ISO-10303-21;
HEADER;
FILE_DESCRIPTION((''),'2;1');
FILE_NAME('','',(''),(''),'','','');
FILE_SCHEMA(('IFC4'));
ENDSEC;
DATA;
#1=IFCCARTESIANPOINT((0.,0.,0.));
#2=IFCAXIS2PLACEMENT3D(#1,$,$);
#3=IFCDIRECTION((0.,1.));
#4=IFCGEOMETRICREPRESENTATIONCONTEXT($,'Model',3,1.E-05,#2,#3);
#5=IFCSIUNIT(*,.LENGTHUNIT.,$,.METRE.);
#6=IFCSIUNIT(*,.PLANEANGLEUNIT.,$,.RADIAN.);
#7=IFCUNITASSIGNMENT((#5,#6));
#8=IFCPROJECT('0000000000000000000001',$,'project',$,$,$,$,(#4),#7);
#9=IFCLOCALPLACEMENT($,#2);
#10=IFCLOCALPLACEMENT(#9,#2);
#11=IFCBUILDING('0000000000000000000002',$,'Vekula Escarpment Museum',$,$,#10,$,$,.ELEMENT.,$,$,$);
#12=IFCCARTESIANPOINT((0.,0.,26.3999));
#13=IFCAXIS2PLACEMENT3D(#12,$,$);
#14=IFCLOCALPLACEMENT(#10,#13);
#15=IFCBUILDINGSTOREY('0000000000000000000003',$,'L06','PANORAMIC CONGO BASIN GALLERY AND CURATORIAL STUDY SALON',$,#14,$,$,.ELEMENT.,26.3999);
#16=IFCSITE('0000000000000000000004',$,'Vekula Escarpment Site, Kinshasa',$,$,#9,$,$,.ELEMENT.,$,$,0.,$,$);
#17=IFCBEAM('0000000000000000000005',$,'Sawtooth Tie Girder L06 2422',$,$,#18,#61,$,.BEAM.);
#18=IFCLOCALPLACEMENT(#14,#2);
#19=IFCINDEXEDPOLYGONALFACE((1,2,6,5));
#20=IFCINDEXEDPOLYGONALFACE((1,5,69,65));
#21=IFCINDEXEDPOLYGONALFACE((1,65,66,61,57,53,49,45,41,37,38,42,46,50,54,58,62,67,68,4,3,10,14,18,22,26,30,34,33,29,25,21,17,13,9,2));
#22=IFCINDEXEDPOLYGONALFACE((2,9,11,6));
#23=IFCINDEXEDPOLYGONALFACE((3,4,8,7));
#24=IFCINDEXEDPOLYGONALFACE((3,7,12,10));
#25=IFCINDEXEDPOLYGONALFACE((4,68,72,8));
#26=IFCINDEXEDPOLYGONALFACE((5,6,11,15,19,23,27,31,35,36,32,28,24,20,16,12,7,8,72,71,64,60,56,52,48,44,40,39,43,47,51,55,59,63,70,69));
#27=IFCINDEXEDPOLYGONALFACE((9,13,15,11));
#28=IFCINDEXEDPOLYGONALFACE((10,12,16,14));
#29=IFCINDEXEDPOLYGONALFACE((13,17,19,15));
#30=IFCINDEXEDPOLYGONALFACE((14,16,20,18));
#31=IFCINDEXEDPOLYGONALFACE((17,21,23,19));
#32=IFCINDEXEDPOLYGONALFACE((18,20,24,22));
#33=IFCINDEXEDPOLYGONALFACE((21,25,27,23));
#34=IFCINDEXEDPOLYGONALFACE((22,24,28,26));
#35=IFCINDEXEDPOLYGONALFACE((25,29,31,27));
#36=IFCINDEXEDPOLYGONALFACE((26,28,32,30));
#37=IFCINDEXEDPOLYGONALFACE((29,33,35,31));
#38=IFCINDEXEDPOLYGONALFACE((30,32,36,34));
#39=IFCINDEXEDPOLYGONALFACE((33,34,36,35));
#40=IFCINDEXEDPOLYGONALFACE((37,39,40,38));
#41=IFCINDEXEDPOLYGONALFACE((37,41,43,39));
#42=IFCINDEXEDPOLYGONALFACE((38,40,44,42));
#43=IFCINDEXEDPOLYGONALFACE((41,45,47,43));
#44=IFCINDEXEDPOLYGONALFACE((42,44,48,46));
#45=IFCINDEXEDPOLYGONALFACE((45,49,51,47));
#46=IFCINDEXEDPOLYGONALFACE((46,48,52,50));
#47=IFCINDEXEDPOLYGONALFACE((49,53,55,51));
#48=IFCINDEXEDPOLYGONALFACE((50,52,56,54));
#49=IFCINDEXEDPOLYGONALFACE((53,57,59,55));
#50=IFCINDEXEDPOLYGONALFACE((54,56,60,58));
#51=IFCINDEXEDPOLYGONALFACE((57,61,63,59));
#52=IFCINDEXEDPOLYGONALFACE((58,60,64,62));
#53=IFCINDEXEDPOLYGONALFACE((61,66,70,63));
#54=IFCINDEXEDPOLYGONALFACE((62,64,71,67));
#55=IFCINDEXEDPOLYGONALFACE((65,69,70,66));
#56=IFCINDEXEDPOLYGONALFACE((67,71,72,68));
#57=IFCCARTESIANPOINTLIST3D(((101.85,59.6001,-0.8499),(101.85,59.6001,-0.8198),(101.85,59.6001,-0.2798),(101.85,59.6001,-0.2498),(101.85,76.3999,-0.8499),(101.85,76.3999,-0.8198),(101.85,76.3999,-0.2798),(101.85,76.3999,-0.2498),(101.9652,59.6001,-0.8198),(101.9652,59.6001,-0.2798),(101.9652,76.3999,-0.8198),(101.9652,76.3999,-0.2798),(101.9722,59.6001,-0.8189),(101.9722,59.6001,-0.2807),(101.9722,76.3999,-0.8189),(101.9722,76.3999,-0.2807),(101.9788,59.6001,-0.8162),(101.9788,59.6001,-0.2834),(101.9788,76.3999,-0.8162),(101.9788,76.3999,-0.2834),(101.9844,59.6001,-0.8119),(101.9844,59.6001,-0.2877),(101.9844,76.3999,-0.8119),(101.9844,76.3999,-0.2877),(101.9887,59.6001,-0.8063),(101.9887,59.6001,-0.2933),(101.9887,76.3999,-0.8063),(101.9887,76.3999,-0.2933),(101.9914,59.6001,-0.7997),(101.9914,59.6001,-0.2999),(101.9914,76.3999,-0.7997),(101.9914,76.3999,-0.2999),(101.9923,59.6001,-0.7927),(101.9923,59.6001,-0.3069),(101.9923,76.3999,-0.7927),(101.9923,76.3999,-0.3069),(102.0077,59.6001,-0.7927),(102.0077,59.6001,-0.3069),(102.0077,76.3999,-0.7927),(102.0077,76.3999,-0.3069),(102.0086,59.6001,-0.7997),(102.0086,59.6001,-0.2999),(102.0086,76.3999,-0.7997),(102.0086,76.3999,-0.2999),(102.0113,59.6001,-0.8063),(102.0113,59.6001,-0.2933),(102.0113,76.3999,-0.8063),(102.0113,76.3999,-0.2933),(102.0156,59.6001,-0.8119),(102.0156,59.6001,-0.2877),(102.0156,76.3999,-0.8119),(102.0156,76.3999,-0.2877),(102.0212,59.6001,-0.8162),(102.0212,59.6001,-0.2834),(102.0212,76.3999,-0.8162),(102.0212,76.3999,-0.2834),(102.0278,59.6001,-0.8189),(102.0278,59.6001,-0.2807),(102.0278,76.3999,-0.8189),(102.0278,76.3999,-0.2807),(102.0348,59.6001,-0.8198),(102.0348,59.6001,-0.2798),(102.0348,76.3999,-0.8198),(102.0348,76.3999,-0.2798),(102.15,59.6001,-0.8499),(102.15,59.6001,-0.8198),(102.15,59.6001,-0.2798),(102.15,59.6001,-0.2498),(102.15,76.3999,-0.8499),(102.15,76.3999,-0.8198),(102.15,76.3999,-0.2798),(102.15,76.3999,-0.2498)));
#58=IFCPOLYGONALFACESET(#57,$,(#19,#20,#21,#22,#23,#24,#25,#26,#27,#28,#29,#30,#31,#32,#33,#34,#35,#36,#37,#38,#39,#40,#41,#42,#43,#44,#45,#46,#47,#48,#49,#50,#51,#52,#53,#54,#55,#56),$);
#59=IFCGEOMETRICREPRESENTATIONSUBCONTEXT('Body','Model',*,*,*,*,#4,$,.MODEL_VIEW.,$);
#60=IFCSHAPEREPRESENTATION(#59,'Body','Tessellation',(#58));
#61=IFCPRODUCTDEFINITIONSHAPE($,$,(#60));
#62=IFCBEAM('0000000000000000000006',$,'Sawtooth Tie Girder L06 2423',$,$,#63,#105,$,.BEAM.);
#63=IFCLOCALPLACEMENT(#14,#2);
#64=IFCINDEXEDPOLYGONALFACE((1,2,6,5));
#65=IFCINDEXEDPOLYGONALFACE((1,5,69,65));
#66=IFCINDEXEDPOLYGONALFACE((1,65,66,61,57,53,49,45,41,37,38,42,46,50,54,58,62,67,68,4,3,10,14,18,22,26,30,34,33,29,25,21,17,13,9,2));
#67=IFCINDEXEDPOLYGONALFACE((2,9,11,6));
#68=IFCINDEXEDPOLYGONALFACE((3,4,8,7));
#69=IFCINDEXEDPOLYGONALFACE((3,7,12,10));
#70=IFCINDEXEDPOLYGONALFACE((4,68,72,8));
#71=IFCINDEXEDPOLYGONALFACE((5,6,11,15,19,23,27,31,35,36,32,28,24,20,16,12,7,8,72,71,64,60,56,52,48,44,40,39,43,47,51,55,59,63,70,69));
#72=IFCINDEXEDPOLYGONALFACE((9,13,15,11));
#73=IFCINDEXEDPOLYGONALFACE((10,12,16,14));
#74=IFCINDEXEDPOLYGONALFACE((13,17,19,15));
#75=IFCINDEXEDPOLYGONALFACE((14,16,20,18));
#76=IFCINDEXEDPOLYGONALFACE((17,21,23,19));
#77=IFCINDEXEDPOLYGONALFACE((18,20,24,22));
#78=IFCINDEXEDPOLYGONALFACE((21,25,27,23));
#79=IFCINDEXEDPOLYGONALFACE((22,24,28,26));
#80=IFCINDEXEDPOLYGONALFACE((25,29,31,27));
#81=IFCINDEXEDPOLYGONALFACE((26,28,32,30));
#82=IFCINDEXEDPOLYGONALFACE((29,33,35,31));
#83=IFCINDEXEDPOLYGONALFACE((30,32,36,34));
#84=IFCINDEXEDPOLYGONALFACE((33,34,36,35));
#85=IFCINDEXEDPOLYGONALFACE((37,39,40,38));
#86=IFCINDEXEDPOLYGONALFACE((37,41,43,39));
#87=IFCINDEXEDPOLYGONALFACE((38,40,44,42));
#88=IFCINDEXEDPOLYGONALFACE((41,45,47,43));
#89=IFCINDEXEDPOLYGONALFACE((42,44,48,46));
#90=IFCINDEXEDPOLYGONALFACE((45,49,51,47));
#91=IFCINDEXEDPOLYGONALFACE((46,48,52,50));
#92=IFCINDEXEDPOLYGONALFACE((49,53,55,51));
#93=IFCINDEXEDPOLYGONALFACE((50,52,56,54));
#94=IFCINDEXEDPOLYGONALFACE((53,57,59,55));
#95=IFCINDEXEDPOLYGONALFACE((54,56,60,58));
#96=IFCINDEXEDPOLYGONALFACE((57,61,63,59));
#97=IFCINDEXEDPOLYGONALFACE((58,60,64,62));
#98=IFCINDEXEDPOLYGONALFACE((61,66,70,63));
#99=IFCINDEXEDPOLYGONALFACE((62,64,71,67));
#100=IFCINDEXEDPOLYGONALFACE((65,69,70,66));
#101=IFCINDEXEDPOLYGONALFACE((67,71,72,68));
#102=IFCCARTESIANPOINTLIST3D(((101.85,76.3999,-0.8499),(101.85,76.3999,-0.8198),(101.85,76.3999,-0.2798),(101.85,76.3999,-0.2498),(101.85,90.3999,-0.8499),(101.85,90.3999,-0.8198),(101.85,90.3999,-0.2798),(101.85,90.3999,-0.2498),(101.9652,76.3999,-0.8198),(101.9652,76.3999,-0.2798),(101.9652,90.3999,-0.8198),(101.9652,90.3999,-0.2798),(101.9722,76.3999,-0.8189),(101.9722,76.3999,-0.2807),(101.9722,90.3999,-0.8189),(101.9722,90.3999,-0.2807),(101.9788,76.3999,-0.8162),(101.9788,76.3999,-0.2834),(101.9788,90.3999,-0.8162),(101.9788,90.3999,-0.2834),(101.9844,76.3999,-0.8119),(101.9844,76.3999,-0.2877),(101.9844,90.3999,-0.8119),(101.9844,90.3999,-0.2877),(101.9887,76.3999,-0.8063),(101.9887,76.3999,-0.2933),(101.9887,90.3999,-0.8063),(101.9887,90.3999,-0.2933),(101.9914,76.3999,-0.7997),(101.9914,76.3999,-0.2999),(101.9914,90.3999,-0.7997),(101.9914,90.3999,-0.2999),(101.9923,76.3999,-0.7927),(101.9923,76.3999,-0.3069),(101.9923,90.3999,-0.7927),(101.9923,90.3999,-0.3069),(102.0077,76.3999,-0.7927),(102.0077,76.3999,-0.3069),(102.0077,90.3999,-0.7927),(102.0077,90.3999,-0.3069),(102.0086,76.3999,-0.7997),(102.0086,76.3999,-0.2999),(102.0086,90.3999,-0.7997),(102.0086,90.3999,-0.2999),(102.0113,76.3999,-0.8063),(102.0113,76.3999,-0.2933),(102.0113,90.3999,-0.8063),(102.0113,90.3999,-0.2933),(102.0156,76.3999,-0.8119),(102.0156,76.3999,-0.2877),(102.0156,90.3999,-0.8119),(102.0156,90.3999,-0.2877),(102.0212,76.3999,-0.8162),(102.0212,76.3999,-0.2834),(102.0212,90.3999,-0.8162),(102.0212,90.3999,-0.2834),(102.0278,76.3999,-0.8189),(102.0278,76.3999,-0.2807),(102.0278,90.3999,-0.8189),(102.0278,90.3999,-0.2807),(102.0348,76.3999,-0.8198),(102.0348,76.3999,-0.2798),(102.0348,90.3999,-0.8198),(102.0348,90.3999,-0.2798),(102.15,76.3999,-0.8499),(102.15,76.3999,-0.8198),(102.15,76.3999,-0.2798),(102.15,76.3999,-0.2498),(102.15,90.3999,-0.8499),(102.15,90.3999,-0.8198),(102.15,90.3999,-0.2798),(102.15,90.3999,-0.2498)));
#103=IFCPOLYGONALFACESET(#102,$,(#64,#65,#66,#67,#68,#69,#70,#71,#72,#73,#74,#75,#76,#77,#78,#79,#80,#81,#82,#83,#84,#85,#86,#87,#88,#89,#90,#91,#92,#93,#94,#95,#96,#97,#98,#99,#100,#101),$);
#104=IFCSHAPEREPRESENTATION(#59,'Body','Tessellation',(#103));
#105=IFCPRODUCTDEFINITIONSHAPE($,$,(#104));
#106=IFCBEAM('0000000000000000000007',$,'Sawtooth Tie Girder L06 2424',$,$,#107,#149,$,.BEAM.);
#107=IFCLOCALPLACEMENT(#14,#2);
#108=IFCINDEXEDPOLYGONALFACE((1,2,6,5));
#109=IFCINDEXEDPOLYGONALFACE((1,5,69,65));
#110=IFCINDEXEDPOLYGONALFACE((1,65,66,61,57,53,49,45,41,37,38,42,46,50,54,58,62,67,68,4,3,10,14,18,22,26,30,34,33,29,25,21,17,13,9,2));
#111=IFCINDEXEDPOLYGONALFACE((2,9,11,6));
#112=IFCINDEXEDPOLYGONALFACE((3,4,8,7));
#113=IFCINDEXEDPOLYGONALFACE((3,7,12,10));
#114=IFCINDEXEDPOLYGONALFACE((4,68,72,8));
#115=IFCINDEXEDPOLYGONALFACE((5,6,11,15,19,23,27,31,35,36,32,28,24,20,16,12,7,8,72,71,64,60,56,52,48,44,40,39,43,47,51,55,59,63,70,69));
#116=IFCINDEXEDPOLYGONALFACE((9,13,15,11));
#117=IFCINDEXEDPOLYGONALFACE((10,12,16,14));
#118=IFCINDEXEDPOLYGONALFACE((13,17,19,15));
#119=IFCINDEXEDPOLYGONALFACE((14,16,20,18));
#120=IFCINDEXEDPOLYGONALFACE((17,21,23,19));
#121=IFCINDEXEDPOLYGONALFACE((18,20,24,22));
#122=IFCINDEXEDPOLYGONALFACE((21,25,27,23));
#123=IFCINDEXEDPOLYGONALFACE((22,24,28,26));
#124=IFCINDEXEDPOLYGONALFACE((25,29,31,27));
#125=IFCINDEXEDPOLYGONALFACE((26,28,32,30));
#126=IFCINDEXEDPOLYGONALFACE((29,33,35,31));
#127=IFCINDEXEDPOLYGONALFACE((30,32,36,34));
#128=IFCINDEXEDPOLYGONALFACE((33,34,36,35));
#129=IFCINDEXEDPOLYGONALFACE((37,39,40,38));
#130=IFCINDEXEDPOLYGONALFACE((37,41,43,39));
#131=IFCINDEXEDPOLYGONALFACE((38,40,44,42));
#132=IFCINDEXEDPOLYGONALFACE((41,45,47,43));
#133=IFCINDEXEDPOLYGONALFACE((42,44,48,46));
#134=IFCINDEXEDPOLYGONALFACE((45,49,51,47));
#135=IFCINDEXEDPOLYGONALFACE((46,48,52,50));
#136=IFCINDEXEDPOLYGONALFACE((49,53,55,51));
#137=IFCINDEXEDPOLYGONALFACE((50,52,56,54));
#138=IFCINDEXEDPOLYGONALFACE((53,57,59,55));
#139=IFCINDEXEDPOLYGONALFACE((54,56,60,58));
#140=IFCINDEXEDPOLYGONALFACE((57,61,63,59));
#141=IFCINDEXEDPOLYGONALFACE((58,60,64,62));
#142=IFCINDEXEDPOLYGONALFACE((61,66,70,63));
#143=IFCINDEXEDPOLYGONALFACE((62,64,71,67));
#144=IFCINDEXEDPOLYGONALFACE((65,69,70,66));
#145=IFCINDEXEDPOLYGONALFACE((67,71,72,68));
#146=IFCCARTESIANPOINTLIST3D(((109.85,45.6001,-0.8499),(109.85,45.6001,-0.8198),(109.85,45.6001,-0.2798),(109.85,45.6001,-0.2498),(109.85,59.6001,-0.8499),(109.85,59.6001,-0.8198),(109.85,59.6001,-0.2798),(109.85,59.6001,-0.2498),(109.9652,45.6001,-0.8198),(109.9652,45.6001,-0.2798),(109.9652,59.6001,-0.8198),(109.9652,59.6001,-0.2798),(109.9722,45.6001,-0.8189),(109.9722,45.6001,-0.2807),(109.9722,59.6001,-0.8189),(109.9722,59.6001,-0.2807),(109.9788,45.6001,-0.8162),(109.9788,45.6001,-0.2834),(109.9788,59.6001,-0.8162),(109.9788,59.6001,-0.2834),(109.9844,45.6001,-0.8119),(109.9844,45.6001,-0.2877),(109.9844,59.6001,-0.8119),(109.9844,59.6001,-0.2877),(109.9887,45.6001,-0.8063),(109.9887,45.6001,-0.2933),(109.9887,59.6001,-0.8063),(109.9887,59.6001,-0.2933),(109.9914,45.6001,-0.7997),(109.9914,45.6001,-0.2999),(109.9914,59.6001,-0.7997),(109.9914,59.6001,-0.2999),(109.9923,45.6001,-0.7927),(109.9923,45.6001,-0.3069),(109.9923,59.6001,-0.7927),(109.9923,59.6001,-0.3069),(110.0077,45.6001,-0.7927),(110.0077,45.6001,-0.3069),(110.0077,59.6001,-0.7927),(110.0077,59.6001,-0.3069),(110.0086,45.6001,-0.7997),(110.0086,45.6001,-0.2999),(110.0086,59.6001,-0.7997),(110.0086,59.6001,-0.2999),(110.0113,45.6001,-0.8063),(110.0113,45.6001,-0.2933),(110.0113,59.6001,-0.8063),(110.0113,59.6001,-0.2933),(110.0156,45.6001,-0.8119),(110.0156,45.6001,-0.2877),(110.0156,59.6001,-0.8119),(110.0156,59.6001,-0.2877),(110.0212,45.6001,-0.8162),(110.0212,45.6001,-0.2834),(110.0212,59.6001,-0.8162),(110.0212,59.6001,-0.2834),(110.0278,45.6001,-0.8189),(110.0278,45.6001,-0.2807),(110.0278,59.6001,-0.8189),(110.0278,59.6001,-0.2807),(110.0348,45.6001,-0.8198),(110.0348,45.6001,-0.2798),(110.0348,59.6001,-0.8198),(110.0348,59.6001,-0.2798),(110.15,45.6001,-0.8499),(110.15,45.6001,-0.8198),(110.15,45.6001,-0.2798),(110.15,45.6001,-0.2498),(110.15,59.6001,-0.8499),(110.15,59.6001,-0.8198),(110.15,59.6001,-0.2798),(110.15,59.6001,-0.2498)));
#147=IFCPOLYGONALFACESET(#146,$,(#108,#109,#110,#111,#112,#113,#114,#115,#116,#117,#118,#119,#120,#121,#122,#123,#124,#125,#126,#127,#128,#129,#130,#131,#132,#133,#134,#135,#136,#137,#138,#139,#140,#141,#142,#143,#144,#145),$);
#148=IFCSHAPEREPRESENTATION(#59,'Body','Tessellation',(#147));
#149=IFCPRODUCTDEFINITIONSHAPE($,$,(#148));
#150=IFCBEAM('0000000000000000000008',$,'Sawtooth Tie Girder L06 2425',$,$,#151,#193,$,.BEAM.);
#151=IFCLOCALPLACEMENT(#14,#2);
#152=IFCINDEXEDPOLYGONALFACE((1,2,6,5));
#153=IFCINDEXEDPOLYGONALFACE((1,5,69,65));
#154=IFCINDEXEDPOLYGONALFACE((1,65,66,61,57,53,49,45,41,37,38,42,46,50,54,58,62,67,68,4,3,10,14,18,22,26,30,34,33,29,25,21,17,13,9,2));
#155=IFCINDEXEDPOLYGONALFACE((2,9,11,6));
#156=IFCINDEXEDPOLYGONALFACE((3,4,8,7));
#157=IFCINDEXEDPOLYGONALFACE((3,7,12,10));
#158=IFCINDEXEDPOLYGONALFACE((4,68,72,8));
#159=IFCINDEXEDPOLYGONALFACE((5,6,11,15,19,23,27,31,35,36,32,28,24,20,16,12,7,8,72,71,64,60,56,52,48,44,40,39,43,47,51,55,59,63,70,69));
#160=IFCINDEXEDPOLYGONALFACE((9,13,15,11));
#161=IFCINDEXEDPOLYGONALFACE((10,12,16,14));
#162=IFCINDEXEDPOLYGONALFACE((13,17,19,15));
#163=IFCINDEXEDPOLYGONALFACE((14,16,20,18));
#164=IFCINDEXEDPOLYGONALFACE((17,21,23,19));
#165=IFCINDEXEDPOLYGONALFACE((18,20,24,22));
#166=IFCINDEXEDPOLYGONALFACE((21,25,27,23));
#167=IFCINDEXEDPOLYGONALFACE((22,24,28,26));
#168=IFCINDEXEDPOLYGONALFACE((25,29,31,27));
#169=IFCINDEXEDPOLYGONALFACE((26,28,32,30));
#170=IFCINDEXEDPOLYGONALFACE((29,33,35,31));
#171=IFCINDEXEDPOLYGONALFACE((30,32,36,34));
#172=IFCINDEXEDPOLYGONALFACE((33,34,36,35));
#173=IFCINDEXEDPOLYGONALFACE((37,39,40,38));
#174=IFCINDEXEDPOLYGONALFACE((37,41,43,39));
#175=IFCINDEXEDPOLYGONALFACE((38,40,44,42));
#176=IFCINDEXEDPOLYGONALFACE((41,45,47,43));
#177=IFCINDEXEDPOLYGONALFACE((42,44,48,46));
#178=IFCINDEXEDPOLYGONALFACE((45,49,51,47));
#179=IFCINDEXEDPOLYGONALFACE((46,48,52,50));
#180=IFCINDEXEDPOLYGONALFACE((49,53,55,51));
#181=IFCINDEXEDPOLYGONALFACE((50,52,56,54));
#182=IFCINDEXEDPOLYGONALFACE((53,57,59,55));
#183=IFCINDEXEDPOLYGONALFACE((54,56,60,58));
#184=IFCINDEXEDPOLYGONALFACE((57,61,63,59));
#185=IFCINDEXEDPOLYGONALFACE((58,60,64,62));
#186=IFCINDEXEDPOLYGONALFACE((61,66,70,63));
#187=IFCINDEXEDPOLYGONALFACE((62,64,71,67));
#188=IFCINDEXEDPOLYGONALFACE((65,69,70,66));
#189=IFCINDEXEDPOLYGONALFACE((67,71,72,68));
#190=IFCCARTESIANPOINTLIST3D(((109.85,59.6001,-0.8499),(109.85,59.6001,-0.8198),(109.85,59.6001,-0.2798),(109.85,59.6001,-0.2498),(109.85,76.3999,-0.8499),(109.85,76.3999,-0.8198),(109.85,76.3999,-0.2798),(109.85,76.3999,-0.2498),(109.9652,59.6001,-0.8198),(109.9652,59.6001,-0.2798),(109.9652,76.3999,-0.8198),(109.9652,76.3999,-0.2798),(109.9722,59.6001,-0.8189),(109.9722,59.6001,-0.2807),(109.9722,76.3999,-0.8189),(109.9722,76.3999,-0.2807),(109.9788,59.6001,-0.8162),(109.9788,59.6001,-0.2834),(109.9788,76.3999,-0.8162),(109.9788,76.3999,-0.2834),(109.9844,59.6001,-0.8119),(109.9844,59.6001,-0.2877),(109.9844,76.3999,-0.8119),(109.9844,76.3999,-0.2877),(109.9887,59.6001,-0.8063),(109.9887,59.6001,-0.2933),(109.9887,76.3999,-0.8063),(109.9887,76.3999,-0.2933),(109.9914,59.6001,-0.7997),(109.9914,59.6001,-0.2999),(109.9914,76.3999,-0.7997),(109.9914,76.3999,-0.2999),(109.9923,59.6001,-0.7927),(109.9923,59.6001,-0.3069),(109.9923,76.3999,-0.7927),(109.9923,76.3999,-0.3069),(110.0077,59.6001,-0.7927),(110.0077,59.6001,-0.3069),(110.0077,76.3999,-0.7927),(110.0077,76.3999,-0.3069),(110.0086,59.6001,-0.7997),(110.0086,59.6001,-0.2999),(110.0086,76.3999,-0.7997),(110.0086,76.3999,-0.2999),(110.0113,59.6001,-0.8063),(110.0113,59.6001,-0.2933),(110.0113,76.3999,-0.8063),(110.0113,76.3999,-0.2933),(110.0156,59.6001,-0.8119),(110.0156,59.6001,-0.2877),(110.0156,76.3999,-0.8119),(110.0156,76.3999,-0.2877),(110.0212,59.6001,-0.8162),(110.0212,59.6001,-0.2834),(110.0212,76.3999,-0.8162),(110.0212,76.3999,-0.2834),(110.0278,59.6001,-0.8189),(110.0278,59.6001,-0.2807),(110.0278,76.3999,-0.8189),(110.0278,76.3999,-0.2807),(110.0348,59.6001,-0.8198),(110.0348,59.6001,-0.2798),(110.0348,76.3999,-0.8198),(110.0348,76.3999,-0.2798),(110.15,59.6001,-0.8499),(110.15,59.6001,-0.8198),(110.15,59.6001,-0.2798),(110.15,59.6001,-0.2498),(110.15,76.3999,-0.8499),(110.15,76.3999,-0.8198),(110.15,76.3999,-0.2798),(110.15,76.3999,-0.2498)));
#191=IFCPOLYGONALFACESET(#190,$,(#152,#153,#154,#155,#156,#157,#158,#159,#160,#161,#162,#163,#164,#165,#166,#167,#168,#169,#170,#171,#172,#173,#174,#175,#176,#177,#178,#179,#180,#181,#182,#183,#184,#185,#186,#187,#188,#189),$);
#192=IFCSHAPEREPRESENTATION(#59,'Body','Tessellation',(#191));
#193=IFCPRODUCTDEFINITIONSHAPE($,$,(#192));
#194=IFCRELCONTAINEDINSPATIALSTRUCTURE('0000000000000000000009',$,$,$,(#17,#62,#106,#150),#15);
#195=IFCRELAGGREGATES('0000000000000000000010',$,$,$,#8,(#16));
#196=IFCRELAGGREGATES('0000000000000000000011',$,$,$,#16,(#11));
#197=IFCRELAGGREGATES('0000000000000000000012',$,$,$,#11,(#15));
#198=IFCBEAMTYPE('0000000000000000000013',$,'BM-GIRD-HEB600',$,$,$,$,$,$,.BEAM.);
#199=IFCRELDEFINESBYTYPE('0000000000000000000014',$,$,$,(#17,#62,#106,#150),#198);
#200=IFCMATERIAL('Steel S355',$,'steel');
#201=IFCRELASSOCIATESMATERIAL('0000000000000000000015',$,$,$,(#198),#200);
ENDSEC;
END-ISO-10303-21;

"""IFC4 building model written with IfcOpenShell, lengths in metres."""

from ifc_helpers import new_model, si_unit, direction, frame, origin, origin_2d, place, context, subcontext, project, spatial, i_section, extrude, material, material_profile, profile_set, type_object, element, save


model = new_model("IFC4")

# Units and contexts
model_context = context("Model", 3, precision=1e-05, world=origin(), true_north=direction((0.0, 1.0)))
body_context = subcontext(model_context, "Body", "Model", "MODEL_VIEW")
ifc_project = project(units=[si_unit("LENGTHUNIT", "METRE"), si_unit("PLANEANGLEUNIT", "RADIAN")], contexts=[model_context])

# Site, building, storey
site_placement = place(None, origin())
site = spatial("IfcSite", under=ifc_project, at=site_placement, Name="Vekula Escarpment Site, Kinshasa", CompositionType="ELEMENT", RefElevation=0.0)
building_placement = place(site_placement, origin())
building = spatial("IfcBuilding", under=site, at=building_placement, Name="Vekula Escarpment Museum", CompositionType="ELEMENT")
storey_placement = place(building_placement, frame((0.0, 0.0, 26.3999)))
storey = spatial("IfcBuildingStorey", under=building, at=storey_placement, Name="L06", Description="PANORAMIC CONGO BASIN GALLERY AND CURATORIAL STUDY SALON", CompositionType="ELEMENT", Elevation=26.3999)

# Beams
ifc_material_1 = material(Name="Steel S355", Category="steel")
ifc_material_profile_1 = material_profile(ifc_material_1, i_section(OverallWidth=0.3, OverallDepth=0.6001, WebThickness=0.0154, FlangeThickness=0.03, FilletRadius=0.0271, at=origin_2d()), Name="HEB 600")
ifc_profile_set_1 = profile_set([ifc_material_profile_1], Name="Steel S355")
beam_type_1 = type_object("IfcBeamType", Name="BM-GIRD-HEB600", PredefinedType="BEAM", material=ifc_profile_set_1)
beam_1_placement = place(storey_placement, frame((102.0, 59.6001, -0.5498), z_axis=(0.0, 1.0, 0.0), x_axis=(-1.0, 0.0, 0.0)))
element("IfcBeam", 1, at=beam_1_placement, inside=storey, type_object=beam_type_1, Name="Sawtooth Tie Girder L06 2422", PredefinedType="BEAM", context=body_context, shape_type="SweptSolid", body=[
    extrude(i_section(OverallWidth=0.3, OverallDepth=0.6001, WebThickness=0.0154, FlangeThickness=0.03, FilletRadius=0.0271, at=origin_2d()), origin(), (0.0, 0.0, 1.0), 16.7998),
])
for number, where, z_axis, x_axis, name in (
    (2, (102.0, 76.3999, -0.5498), (0.0, 1.0, 0.0), (-1.0, 0.0, 0.0), "Sawtooth Tie Girder L06 2423"),
    (3, (110.0, 45.6001, -0.5498), (0.0, 1.0, 0.0), (-1.0, 0.0, 0.0), "Sawtooth Tie Girder L06 2424"),
):
    element("IfcBeam", number, at=place(storey_placement, frame(where, z_axis=z_axis, x_axis=x_axis)), inside=storey, type_object=beam_type_1, Name=name, PredefinedType="BEAM", context=body_context, shape_type="SweptSolid", body=[
        extrude(i_section(OverallWidth=0.3, OverallDepth=0.6001, WebThickness=0.0154, FlangeThickness=0.03, FilletRadius=0.0271, at=origin_2d()), origin(), (0.0, 0.0, 1.0), 14.0),
    ])
beam_2_placement = place(storey_placement, frame((110.0, 59.6001, -0.5498), z_axis=(0.0, 1.0, 0.0), x_axis=(-1.0, 0.0, 0.0)))
element("IfcBeam", 4, at=beam_2_placement, inside=storey, type_object=beam_type_1, Name="Sawtooth Tie Girder L06 2425", PredefinedType="BEAM", context=body_context, shape_type="SweptSolid", body=[
    extrude(i_section(OverallWidth=0.3, OverallDepth=0.6001, WebThickness=0.0154, FlangeThickness=0.03, FilletRadius=0.0271, at=origin_2d()), origin(), (0.0, 0.0, 1.0), 16.7998),
])

save(model, "model.ifc")
